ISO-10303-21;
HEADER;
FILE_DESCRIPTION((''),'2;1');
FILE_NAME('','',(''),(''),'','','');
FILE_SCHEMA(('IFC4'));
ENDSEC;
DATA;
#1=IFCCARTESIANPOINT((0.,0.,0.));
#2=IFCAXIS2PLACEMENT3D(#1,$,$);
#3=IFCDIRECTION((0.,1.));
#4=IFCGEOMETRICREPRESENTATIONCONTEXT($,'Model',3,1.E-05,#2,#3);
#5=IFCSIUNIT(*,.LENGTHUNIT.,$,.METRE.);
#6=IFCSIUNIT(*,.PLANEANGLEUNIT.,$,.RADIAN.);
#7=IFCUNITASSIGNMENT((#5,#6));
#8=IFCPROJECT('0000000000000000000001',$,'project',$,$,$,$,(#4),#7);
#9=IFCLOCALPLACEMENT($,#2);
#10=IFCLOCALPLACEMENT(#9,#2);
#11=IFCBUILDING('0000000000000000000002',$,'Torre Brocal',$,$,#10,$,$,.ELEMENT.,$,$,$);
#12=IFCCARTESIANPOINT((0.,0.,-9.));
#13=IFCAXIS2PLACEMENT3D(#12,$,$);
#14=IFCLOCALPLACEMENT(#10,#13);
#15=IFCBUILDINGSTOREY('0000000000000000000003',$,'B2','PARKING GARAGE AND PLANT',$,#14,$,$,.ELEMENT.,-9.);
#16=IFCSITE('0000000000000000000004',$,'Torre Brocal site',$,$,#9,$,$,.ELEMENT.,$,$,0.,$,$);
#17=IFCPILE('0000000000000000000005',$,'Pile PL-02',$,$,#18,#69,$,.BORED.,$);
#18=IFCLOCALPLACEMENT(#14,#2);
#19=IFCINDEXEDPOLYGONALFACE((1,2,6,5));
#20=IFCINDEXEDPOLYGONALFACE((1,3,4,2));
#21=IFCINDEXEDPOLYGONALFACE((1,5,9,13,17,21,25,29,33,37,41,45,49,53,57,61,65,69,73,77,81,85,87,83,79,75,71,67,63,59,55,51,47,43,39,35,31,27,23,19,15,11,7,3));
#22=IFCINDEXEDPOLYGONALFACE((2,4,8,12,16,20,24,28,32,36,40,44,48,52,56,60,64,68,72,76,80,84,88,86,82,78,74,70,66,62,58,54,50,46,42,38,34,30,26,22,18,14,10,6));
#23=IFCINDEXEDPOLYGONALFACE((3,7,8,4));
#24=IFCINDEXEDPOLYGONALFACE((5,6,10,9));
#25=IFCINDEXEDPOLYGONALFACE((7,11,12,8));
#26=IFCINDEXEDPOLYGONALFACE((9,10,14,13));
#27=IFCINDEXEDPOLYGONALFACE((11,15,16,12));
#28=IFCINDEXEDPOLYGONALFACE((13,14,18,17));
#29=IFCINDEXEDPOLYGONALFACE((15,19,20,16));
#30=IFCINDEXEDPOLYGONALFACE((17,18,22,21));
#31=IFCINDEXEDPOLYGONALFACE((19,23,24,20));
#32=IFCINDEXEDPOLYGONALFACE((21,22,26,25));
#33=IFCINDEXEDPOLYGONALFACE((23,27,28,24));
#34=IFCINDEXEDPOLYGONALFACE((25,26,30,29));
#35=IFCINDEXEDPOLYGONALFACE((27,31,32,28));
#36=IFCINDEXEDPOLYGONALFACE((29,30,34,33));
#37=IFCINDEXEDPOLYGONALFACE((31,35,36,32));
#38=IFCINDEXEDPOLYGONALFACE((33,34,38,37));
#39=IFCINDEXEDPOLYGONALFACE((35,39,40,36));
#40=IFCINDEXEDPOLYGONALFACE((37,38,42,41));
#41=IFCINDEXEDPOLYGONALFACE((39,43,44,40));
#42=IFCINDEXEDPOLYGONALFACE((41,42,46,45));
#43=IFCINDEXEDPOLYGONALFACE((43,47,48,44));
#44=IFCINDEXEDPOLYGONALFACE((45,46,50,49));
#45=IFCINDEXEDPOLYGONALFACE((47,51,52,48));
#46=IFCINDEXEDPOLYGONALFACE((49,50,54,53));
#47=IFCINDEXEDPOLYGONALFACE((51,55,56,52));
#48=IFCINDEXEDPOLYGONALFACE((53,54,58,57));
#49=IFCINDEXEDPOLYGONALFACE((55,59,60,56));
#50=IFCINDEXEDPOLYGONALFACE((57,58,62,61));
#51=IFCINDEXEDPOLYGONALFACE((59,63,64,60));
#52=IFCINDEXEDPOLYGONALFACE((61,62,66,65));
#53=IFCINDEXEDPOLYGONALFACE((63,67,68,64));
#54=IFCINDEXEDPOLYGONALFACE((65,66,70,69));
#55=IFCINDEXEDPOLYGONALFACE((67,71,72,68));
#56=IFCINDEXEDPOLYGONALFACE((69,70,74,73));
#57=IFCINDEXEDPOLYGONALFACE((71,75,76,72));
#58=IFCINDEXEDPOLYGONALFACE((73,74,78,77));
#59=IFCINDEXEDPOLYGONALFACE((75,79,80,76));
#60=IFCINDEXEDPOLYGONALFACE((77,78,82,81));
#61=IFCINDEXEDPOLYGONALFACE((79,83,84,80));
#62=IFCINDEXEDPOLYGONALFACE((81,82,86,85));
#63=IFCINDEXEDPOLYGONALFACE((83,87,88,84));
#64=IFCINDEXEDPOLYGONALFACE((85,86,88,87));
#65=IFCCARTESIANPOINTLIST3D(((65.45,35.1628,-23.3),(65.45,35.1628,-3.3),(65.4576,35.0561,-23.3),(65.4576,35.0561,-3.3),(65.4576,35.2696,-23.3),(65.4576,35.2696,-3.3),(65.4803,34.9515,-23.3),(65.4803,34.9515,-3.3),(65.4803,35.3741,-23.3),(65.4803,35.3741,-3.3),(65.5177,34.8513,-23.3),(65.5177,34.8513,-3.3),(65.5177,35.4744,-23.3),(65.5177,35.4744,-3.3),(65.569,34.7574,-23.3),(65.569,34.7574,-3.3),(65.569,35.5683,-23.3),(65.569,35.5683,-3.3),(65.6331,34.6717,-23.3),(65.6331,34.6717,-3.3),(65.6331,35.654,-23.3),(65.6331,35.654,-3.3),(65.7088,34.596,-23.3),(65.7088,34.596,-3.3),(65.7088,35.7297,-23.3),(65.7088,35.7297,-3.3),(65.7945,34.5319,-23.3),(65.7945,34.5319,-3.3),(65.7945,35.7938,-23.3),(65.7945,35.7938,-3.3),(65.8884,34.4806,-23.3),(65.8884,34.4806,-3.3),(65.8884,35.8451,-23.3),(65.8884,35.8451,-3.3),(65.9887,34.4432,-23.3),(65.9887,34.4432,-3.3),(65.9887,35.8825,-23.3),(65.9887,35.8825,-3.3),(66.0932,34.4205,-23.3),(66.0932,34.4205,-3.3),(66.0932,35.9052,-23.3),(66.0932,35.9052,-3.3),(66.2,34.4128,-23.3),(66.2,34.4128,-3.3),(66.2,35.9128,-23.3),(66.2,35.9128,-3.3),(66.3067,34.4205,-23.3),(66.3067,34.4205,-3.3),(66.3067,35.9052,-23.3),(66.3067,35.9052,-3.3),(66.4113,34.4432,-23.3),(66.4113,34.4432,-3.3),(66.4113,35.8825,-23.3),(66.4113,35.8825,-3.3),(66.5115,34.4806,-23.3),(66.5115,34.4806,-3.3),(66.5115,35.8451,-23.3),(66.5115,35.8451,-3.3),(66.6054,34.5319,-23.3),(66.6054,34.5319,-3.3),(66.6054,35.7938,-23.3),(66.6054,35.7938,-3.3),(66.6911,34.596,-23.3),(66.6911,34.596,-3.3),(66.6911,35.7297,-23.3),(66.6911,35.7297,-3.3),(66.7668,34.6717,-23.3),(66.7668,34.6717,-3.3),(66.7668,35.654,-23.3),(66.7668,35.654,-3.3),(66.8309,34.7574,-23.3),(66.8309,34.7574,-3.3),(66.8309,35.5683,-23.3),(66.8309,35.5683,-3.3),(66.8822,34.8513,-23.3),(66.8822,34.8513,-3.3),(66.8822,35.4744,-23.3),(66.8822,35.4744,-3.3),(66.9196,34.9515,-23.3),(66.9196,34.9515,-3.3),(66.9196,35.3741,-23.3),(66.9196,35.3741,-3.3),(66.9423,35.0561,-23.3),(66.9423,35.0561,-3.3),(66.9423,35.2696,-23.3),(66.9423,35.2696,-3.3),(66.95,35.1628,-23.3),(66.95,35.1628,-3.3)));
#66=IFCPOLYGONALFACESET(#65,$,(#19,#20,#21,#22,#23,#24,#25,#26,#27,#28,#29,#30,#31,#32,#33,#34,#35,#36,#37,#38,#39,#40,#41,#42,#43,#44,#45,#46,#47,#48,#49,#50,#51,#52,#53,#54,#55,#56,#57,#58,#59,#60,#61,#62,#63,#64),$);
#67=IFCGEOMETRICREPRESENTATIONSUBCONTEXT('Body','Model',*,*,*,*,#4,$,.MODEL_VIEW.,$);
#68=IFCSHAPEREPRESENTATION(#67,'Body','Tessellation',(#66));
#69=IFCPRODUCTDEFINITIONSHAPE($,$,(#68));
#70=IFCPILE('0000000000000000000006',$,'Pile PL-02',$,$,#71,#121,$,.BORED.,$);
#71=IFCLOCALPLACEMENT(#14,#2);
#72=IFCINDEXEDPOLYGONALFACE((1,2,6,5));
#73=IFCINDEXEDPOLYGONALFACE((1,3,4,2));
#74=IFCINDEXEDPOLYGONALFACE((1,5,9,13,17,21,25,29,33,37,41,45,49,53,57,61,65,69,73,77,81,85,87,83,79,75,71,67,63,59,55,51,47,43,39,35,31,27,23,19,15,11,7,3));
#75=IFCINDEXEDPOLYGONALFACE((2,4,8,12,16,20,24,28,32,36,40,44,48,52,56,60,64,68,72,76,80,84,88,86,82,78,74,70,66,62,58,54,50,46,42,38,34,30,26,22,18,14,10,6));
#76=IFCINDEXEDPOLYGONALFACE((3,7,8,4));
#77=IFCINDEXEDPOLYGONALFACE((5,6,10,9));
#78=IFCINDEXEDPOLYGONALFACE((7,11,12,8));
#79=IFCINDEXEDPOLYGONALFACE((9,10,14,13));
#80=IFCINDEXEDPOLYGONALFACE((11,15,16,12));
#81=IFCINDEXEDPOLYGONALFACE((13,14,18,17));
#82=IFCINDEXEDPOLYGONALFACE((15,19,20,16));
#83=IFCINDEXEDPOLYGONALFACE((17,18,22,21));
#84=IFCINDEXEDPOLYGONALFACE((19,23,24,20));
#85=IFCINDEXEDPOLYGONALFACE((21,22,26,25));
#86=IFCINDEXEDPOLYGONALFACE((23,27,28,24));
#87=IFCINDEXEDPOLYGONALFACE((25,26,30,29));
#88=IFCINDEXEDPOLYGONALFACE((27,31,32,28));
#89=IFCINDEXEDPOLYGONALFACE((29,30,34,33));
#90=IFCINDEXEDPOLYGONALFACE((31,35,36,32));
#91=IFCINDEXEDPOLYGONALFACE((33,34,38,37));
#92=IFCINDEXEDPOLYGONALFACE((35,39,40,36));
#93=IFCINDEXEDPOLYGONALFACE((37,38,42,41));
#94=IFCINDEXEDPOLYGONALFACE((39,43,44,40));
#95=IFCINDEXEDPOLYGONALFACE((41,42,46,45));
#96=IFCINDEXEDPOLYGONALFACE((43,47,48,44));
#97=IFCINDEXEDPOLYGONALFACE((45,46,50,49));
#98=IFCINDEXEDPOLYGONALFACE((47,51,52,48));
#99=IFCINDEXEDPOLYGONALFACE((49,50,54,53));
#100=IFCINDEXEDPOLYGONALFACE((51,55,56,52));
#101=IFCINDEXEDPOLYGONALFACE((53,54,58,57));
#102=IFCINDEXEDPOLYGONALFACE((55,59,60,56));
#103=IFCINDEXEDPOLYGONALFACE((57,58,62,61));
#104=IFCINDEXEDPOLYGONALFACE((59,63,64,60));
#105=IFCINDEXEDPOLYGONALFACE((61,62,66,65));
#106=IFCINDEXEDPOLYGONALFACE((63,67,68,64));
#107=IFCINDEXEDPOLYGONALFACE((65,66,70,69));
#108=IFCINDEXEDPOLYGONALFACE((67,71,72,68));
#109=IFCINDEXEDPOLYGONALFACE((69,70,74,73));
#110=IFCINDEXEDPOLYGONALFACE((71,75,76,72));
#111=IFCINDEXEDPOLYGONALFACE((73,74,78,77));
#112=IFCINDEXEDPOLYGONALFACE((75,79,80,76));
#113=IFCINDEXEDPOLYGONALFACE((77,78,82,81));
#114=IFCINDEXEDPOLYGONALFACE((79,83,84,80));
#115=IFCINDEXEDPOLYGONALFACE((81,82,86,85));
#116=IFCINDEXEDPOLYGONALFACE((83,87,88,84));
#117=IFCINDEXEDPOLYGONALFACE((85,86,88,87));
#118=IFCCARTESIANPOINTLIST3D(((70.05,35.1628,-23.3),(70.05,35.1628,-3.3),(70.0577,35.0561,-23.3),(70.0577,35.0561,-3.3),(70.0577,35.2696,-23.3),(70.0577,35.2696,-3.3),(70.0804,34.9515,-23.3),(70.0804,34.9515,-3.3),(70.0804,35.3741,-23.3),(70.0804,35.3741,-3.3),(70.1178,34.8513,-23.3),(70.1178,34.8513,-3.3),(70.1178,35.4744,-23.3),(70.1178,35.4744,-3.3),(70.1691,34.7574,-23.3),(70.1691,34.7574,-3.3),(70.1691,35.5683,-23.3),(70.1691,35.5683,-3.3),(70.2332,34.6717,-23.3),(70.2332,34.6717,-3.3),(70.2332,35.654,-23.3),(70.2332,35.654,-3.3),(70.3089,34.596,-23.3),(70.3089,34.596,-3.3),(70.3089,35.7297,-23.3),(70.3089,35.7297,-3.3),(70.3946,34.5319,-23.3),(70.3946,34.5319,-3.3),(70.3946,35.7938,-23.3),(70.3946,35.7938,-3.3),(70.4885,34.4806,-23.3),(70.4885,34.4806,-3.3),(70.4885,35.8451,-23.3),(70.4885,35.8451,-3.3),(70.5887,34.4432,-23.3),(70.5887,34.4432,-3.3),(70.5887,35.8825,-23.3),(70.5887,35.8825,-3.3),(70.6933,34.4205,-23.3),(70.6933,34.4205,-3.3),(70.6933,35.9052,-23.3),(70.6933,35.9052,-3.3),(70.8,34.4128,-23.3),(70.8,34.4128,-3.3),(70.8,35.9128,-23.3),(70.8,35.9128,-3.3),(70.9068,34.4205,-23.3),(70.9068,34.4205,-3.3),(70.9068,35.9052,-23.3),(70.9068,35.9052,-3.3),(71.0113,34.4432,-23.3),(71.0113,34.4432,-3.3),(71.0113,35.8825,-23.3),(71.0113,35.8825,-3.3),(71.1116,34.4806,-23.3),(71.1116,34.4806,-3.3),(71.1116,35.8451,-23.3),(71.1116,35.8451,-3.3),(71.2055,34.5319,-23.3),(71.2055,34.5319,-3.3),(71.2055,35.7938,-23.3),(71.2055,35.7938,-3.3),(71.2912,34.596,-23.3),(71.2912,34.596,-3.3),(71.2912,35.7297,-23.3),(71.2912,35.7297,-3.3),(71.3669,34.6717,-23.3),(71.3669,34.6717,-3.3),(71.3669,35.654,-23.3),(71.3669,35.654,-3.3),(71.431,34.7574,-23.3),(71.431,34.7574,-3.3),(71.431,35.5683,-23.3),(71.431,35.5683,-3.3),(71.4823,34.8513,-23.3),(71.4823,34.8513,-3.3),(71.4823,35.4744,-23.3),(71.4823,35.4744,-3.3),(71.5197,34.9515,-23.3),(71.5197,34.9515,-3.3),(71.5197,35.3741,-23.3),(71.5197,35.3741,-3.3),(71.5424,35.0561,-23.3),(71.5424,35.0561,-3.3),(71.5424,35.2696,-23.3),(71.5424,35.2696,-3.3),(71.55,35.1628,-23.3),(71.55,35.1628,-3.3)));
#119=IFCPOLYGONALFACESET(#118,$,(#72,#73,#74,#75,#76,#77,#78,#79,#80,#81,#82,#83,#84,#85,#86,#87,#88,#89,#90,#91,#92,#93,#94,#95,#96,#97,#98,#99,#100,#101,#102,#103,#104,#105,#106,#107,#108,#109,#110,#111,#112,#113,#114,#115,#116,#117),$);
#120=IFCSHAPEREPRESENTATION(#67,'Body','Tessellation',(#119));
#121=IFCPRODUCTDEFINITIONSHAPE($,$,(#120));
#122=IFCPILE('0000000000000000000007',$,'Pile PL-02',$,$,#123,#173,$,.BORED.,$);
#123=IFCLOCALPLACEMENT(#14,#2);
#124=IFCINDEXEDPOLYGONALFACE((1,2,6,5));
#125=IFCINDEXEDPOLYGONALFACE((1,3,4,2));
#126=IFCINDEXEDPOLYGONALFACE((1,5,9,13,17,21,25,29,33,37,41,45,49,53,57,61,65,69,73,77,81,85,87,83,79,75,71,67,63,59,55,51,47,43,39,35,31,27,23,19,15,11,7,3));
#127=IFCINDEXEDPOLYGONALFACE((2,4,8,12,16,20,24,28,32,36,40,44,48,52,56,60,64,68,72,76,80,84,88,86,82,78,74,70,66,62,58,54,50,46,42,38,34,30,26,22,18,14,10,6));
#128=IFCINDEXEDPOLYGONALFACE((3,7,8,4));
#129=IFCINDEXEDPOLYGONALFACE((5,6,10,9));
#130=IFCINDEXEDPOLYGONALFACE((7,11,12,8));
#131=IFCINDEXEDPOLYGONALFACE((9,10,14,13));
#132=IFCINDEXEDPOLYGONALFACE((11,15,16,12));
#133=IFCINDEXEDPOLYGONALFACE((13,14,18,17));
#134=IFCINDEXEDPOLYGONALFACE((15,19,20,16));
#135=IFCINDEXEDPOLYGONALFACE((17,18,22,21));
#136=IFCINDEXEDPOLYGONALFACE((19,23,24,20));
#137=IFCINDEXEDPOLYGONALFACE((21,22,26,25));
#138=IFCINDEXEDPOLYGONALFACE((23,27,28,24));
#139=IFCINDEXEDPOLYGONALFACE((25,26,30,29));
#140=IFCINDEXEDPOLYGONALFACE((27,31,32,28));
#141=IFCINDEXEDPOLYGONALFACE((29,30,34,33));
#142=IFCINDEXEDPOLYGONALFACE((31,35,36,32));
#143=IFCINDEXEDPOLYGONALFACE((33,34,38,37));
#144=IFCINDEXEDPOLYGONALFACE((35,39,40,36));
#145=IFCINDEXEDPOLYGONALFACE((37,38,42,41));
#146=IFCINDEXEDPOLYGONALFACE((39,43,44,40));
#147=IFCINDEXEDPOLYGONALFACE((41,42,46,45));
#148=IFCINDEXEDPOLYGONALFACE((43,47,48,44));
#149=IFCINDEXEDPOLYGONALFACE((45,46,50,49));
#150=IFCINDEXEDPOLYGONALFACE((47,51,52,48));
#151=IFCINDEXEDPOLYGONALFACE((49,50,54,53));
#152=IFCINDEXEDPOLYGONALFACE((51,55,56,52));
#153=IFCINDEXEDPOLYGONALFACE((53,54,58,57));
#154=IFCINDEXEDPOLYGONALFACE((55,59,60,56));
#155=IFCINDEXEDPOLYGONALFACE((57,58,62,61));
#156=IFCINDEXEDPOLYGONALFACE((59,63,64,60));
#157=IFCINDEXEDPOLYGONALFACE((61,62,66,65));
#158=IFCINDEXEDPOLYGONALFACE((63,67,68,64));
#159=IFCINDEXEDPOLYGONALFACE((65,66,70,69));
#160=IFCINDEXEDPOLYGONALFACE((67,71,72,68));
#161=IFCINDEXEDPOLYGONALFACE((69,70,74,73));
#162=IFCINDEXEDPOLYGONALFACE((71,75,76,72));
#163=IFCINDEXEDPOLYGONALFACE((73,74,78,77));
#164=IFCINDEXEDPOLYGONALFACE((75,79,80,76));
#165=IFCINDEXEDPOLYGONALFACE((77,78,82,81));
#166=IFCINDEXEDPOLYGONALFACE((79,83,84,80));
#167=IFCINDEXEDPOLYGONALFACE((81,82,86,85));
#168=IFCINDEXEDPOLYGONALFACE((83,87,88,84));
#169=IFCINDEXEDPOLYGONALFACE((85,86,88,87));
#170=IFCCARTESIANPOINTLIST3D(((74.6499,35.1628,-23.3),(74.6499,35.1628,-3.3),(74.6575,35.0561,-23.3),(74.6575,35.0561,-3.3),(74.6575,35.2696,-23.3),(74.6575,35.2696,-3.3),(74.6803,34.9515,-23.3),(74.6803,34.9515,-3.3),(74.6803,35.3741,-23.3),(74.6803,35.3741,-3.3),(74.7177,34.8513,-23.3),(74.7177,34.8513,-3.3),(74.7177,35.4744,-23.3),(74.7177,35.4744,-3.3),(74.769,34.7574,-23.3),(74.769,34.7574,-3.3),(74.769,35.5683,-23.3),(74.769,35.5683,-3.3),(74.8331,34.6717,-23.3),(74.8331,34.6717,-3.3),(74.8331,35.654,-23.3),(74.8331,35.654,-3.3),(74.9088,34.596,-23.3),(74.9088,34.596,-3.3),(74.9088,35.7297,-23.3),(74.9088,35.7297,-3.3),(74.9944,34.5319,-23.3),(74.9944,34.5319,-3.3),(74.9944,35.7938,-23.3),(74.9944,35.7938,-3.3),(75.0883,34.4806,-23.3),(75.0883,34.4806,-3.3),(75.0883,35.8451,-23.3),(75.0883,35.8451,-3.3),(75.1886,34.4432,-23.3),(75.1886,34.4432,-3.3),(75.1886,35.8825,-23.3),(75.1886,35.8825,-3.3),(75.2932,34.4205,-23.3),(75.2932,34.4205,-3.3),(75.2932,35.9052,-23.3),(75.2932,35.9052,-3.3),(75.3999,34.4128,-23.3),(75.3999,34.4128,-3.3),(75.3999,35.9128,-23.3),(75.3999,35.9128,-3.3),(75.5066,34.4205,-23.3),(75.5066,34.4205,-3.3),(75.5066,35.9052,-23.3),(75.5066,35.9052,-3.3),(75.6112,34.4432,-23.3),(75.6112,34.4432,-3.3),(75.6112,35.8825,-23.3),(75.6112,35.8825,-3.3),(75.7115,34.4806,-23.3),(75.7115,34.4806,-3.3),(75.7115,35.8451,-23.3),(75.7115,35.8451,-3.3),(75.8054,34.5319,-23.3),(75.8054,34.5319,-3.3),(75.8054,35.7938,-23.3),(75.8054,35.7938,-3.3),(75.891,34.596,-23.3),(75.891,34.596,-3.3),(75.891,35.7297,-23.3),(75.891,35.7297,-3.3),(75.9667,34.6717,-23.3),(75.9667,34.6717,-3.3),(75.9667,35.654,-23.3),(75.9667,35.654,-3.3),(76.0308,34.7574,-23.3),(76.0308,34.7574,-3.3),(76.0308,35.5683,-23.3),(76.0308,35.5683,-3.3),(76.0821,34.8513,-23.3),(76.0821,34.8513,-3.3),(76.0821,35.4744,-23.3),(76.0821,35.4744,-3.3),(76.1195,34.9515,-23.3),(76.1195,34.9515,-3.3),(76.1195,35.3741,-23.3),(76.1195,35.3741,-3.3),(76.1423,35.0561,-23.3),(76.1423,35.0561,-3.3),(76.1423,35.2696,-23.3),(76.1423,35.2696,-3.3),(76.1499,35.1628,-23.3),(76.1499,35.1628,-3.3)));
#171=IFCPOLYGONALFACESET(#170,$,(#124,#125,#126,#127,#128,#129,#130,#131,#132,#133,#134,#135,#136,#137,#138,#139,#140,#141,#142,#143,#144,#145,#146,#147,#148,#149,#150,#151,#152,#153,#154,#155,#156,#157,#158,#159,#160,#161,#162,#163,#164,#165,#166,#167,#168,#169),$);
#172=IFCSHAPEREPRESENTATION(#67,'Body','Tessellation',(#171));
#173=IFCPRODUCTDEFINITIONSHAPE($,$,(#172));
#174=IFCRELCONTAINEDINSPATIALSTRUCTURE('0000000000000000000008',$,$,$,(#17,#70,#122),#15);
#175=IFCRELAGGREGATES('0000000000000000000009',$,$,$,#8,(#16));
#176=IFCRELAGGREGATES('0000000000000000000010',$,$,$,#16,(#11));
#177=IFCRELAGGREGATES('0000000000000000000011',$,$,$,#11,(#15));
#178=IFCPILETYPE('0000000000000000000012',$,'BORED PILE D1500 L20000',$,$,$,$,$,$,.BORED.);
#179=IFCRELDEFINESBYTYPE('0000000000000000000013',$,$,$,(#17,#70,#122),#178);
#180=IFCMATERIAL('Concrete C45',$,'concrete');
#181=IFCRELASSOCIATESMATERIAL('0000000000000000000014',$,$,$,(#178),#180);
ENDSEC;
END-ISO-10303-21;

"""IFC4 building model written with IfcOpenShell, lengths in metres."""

from ifc_helpers import new_model, si_unit, direction, frame, origin, origin_2d, place, context, subcontext, project, spatial, circle, extrude, material, material_profile, profile_set, type_object, element, save


model = new_model("IFC4")

# Units and contexts
model_context = context("Model", 3, precision=1e-05, world=origin(), true_north=direction((0.0, 1.0)))
body_context = subcontext(model_context, "Body", "Model", "MODEL_VIEW")
ifc_project = project(units=[si_unit("LENGTHUNIT", "METRE"), si_unit("PLANEANGLEUNIT", "RADIAN")], contexts=[model_context])

# Site, building, storey
site_placement = place(None, origin())
site = spatial("IfcSite", under=ifc_project, at=site_placement, Name="Torre Brocal site", CompositionType="ELEMENT", RefElevation=0.0)
building_placement = place(site_placement, origin())
building = spatial("IfcBuilding", under=site, at=building_placement, Name="Torre Brocal", CompositionType="ELEMENT")
storey_placement = place(building_placement, frame((0.0, 0.0, -9.0)))
storey = spatial("IfcBuildingStorey", under=building, at=storey_placement, Name="B2", Description="PARKING GARAGE AND PLANT", CompositionType="ELEMENT", Elevation=-9.0)

# Piles
ifc_material_1 = material(Name="Concrete C45", Category="concrete")
ifc_material_profile_1 = material_profile(ifc_material_1, circle(Radius=0.75, at=origin_2d()), Name="BORED PILE D1500")
ifc_profile_set_1 = profile_set([ifc_material_profile_1], Name="Concrete C45")
pile_type_1 = type_object("IfcPileType", Name="BORED PILE D1500 L20000", PredefinedType="BORED", material=ifc_profile_set_1)
for number, where, z_axis, x_axis, name in (
    (1, (66.2, 35.1628, -3.3), (0.0, 0.0, -1.0), (1.0, 0.0, 0.0), "Pile PL-02"),
    (2, (70.8, 35.1628, -3.3), (0.0, 0.0, -1.0), (1.0, 0.0, 0.0), "Pile PL-02"),
    (3, (75.3999, 35.1628, -3.3), (0.0, 0.0, -1.0), (1.0, 0.0, 0.0), "Pile PL-02"),
):
    element("IfcPile", number, at=place(storey_placement, frame(where, z_axis=z_axis, x_axis=x_axis)), inside=storey, type_object=pile_type_1, Name=name, PredefinedType="BORED", context=body_context, shape_type="SweptSolid", body=[
        extrude(circle(Radius=0.75, at=origin_2d()), origin(), (0.0, 0.0, 1.0), 20.0),
    ])

save(model, "model.ifc")
